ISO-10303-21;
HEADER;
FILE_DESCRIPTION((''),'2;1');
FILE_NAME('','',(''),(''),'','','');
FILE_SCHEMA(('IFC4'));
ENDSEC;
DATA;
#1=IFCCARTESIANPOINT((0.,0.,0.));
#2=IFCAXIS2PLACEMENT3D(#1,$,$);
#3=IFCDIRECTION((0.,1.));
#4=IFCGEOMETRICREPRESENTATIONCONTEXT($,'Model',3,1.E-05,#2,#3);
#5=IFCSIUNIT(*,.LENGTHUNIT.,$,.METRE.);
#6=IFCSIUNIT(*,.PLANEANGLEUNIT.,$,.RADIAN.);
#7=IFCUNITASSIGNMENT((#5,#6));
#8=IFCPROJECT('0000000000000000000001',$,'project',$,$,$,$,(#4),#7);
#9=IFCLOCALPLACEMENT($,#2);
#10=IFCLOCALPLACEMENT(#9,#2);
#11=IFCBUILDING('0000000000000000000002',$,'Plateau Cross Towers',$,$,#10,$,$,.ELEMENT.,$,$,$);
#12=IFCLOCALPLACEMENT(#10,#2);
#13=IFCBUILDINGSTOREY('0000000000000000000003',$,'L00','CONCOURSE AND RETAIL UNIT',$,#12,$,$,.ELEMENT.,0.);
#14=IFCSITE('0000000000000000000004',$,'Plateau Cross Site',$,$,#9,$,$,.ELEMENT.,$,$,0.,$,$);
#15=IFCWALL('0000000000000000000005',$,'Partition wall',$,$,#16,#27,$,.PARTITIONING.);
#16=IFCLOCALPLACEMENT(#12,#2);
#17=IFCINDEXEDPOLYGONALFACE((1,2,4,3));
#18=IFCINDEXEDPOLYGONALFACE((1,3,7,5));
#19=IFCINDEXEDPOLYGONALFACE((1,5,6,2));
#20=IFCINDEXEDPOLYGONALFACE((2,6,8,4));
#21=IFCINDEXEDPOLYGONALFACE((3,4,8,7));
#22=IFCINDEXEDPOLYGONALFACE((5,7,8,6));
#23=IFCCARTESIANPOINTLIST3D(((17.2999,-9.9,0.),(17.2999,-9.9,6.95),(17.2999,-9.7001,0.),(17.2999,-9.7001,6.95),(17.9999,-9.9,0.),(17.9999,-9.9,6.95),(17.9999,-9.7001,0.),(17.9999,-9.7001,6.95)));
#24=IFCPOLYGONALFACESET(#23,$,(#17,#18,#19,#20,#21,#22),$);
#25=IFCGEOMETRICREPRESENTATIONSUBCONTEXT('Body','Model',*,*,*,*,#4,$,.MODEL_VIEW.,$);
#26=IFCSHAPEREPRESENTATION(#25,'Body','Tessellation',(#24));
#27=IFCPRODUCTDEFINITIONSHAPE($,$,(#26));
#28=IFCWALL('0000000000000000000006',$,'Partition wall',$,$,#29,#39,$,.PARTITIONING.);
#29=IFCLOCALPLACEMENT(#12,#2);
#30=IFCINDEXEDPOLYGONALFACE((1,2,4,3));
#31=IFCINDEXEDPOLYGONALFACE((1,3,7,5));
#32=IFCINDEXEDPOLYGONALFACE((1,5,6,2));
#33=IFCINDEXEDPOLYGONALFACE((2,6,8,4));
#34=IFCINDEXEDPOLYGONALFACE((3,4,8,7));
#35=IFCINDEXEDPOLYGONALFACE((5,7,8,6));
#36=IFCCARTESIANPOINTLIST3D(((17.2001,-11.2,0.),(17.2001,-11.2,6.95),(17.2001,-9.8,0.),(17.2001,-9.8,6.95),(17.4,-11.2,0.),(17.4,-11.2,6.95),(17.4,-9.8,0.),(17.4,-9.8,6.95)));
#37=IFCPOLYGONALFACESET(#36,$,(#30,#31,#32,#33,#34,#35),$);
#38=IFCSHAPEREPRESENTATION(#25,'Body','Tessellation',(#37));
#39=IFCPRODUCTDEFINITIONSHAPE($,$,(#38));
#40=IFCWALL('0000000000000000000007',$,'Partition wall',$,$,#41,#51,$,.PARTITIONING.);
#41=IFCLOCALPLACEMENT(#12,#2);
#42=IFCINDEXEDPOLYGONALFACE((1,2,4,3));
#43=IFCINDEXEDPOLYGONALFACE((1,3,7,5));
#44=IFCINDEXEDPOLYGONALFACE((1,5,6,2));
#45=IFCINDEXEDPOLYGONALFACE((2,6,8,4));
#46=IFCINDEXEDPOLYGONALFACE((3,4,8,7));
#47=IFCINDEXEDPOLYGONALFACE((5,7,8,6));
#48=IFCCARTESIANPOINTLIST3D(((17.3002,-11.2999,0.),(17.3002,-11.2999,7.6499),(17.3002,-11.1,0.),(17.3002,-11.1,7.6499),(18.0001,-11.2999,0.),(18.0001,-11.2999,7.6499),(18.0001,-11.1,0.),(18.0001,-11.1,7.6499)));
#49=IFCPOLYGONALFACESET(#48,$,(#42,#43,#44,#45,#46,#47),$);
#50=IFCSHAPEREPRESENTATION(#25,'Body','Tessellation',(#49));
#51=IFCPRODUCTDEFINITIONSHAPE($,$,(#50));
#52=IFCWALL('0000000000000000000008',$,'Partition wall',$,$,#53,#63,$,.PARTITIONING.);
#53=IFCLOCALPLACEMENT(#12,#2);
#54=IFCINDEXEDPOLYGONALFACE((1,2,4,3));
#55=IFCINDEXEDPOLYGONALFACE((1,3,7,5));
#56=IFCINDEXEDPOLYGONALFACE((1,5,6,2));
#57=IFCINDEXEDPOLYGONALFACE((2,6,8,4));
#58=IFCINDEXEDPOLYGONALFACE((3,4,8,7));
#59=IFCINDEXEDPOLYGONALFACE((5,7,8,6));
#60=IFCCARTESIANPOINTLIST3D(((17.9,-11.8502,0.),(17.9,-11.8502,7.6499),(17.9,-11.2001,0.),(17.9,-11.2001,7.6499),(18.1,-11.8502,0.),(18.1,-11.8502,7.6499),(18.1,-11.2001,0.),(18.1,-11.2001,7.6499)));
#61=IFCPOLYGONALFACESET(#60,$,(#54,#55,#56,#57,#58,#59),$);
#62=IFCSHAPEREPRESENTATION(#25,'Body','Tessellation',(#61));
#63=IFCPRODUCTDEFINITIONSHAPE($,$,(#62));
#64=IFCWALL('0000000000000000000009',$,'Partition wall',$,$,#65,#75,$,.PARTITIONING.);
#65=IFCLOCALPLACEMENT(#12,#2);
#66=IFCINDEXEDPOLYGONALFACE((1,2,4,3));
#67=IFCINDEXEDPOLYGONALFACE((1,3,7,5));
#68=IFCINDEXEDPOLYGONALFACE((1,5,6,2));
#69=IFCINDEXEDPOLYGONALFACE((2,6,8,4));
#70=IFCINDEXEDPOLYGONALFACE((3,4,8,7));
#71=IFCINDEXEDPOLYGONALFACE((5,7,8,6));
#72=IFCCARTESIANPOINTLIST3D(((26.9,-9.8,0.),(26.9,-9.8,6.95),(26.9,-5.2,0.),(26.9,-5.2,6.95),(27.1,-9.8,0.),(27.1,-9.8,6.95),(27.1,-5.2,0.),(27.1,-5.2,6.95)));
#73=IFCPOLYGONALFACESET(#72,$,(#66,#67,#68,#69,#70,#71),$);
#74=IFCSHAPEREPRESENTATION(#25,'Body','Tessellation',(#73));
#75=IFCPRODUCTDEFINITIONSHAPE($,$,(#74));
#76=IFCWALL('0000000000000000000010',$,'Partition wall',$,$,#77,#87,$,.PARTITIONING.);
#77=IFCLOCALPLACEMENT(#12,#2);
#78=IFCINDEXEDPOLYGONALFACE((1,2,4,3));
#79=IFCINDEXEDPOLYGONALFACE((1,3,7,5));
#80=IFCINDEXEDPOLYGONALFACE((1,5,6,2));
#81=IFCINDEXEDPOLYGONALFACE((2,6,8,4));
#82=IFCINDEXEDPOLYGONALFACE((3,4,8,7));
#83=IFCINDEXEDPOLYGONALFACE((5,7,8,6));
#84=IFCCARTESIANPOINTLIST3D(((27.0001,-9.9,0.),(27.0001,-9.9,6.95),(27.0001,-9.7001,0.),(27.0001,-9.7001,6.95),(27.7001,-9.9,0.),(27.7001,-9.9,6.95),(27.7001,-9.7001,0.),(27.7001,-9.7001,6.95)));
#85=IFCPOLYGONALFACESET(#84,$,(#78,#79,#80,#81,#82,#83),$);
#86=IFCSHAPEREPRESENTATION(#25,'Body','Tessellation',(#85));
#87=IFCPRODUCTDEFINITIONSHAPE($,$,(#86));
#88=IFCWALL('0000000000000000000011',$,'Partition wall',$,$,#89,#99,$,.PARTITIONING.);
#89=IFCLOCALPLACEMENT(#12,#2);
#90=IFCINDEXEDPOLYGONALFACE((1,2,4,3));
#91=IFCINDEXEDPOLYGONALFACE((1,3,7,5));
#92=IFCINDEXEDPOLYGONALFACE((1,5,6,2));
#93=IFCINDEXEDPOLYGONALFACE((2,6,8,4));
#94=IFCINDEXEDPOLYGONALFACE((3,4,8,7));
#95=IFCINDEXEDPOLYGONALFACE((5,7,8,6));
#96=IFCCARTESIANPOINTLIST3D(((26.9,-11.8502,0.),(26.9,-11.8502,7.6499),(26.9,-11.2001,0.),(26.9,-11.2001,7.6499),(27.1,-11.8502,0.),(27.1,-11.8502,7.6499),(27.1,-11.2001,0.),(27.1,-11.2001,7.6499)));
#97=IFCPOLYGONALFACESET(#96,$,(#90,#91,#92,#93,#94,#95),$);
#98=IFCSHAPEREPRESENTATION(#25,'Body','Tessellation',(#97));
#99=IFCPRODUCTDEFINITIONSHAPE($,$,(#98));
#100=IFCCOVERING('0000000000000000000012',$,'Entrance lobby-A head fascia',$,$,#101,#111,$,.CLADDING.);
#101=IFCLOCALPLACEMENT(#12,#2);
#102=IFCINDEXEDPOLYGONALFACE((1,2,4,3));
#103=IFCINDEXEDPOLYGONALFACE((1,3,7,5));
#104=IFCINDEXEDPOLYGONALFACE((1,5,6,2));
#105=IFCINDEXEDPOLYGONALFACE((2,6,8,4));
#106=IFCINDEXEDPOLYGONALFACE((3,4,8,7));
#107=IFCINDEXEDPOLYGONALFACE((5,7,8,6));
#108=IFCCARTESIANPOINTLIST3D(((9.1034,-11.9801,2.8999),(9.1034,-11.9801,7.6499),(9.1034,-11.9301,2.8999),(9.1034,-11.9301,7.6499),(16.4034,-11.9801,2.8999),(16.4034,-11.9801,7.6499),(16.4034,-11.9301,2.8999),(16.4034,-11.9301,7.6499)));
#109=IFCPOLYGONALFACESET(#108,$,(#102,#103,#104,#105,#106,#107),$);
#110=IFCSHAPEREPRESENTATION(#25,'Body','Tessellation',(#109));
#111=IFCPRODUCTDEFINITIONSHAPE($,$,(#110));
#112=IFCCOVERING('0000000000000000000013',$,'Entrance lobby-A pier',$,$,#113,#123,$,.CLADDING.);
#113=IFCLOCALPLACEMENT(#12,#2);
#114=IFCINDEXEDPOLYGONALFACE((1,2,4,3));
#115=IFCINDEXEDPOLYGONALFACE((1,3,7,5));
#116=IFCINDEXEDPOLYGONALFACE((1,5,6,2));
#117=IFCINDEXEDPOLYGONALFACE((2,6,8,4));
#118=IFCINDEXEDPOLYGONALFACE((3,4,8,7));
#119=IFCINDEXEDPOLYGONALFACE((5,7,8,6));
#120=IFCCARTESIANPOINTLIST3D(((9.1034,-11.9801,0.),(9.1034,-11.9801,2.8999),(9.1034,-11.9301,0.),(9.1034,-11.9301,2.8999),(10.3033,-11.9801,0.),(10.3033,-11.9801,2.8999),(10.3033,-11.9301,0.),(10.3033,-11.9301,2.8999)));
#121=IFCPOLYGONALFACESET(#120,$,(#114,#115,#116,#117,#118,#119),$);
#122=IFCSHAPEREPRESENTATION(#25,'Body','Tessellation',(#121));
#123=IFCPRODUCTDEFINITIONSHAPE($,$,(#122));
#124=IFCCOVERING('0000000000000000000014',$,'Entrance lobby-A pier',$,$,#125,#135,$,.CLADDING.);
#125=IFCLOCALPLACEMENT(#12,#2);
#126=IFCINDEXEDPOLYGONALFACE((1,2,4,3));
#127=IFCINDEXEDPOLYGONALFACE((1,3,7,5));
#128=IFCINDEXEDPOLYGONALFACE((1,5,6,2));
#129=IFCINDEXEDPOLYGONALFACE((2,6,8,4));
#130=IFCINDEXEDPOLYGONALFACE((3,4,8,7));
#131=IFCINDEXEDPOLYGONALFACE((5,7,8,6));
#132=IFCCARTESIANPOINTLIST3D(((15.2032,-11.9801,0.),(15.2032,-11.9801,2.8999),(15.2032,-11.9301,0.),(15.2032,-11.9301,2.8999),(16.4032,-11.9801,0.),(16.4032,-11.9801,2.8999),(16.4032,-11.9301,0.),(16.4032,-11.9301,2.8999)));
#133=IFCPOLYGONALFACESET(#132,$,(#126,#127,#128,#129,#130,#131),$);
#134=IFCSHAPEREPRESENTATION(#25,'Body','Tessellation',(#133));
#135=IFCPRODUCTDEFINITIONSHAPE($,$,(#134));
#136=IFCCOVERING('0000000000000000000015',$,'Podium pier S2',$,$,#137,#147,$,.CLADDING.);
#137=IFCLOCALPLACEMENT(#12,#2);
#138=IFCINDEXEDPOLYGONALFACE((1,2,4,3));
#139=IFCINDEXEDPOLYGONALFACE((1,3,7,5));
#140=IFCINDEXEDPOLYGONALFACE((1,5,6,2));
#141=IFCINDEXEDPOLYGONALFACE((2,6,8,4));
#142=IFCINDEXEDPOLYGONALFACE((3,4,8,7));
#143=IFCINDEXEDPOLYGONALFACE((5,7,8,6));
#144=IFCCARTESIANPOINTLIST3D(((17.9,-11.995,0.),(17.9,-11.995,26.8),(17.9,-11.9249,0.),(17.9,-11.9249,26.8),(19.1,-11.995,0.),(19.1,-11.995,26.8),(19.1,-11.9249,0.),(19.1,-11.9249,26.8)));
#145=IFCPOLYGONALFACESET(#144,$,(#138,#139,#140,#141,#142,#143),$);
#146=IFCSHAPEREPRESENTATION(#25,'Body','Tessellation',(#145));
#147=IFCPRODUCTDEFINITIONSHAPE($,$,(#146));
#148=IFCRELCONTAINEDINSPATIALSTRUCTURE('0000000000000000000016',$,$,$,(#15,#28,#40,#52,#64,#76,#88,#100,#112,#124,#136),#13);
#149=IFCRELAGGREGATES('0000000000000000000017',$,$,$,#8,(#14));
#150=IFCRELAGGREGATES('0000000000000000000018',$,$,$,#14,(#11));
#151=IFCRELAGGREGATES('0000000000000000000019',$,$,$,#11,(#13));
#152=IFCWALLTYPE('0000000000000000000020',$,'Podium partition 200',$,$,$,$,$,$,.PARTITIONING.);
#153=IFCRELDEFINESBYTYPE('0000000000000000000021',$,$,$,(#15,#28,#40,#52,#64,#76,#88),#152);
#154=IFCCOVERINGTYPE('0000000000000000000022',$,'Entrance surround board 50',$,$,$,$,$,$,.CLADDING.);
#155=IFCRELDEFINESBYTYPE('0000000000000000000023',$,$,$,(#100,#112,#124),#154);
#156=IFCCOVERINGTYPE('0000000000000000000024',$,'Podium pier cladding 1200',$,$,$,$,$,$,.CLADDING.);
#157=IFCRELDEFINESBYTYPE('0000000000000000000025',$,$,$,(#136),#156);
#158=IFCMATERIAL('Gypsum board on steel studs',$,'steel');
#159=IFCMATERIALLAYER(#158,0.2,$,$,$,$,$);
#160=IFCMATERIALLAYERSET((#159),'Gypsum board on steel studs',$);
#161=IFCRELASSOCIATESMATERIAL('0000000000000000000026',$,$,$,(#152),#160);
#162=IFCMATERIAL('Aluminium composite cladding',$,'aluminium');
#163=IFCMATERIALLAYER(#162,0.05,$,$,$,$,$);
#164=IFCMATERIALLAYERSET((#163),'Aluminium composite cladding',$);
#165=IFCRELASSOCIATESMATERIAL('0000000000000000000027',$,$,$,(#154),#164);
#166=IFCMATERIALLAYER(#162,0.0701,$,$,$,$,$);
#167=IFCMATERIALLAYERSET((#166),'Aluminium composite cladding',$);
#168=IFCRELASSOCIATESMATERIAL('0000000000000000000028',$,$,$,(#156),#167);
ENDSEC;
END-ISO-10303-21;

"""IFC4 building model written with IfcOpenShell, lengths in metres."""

from ifc_helpers import new_model, si_unit, direction, frame, frame_2d, origin, origin_2d, place, context, subcontext, project, spatial, rectangle, extrude, material, layer, layer_set, type_object, element, save


model = new_model("IFC4")

# Units and contexts
model_context = context("Model", 3, precision=1e-05, world=origin(), true_north=direction((0.0, 1.0)))
body_context = subcontext(model_context, "Body", "Model", "MODEL_VIEW")
ifc_project = project(units=[si_unit("LENGTHUNIT", "METRE"), si_unit("PLANEANGLEUNIT", "RADIAN")], contexts=[model_context])

# Site, building, storey
site_placement = place(None, origin())
site = spatial("IfcSite", under=ifc_project, at=site_placement, Name="Plateau Cross Site", CompositionType="ELEMENT", RefElevation=0.0)
building_placement = place(site_placement, origin())
building = spatial("IfcBuilding", under=site, at=building_placement, Name="Plateau Cross Towers", CompositionType="ELEMENT")
storey_placement = place(building_placement, origin())
storey = spatial("IfcBuildingStorey", under=building, at=storey_placement, Name="L00", Description="CONCOURSE AND RETAIL UNIT", CompositionType="ELEMENT", Elevation=0.0)

# Shared definitions
ifc_material_1 = material(Name="Gypsum board on steel studs", Category="steel")
ifc_layer_1 = layer(ifc_material_1, 0.2)
ifc_layer_set_1 = layer_set([ifc_layer_1], Name="Gypsum board on steel studs")
wall_type_1 = type_object("IfcWallType", Name="Podium partition 200", PredefinedType="PARTITIONING", material=ifc_layer_set_1)

# Walls
wall_1_placement = place(storey_placement, frame((18.0, -9.8, 0.0), z_axis=(0.0, 0.0, 1.0), x_axis=(-1.0, 0.0, 0.0)))
element("IfcWall", 1, at=wall_1_placement, inside=storey, type_object=wall_type_1, Name="Partition wall", PredefinedType="PARTITIONING", context=body_context, shape_type="SweptSolid", body=[
    extrude(rectangle(XDim=0.7, YDim=0.2, at=frame_2d((0.3501, 0.0))), origin(), (0.0, 0.0, 1.0), 6.95),
])
wall_2_placement = place(storey_placement, frame((17.3, -9.8, 0.0), z_axis=(0.0, 0.0, 1.0), x_axis=(0.0, -1.0, 0.0)))
element("IfcWall", 2, at=wall_2_placement, inside=storey, type_object=wall_type_1, Name="Partition wall", PredefinedType="PARTITIONING", context=body_context, shape_type="SweptSolid", body=[
    extrude(rectangle(XDim=1.3999, YDim=0.2, at=frame_2d((0.7, 0.0))), origin(), (0.0, 0.0, 1.0), 6.95),
])
wall_3_placement = place(storey_placement, frame((17.3, -11.2, 0.0), z_axis=(0.0, 0.0, 1.0), x_axis=(1.0, 0.0, 0.0)))
element("IfcWall", 3, at=wall_3_placement, inside=storey, type_object=wall_type_1, Name="Partition wall", PredefinedType="PARTITIONING", context=body_context, shape_type="SweptSolid", body=[
    extrude(rectangle(XDim=0.7, YDim=0.2, at=frame_2d((0.3501, 0.0))), origin(), (0.0, 0.0, 1.0), 7.6499),
])
wall_4_placement = place(storey_placement, frame((18.0, -11.2, 0.0), z_axis=(0.0, 0.0, 1.0), x_axis=(0.0, -1.0, 0.0)))
element("IfcWall", 4, at=wall_4_placement, inside=storey, type_object=wall_type_1, Name="Partition wall", PredefinedType="PARTITIONING", context=body_context, shape_type="SweptSolid", body=[
    extrude(rectangle(XDim=0.6501, YDim=0.2, at=frame_2d((0.3252, 0.0))), origin(), (0.0, 0.0, 1.0), 7.6499),
])
wall_5_placement = place(storey_placement, frame((27.0, -5.2, 0.0), z_axis=(0.0, 0.0, 1.0), x_axis=(0.0, -1.0, 0.0)))
element("IfcWall", 5, at=wall_5_placement, inside=storey, type_object=wall_type_1, Name="Partition wall", PredefinedType="PARTITIONING", context=body_context, shape_type="SweptSolid", body=[
    extrude(rectangle(XDim=4.6001, YDim=0.2, at=frame_2d((2.3, 0.0))), origin(), (0.0, 0.0, 1.0), 6.95),
])
wall_6_placement = place(storey_placement, frame((27.0, -9.8, 0.0), z_axis=(0.0, 0.0, 1.0), x_axis=(1.0, 0.0, 0.0)))
element("IfcWall", 6, at=wall_6_placement, inside=storey, type_object=wall_type_1, Name="Partition wall", PredefinedType="PARTITIONING", context=body_context, shape_type="SweptSolid", body=[
    extrude(rectangle(XDim=0.7, YDim=0.2, at=frame_2d((0.3501, 0.0))), origin(), (0.0, 0.0, 1.0), 6.95),
])
wall_7_placement = place(storey_placement, frame((27.0, -11.2, 0.0), z_axis=(0.0, 0.0, 1.0), x_axis=(0.0, -1.0, 0.0)))
element("IfcWall", 7, at=wall_7_placement, inside=storey, type_object=wall_type_1, Name="Partition wall", PredefinedType="PARTITIONING", context=body_context, shape_type="SweptSolid", body=[
    extrude(rectangle(XDim=0.6501, YDim=0.2, at=frame_2d((0.3252, 0.0))), origin(), (0.0, 0.0, 1.0), 7.6499),
])

# Coverings
ifc_material_2 = material(Name="Aluminium composite cladding", Category="aluminium")
ifc_layer_2 = layer(ifc_material_2, 0.05)
ifc_layer_set_2 = layer_set([ifc_layer_2], Name="Aluminium composite cladding")
covering_type_1 = type_object("IfcCoveringType", Name="Entrance surround board 50", PredefinedType="CLADDING", material=ifc_layer_set_2)
covering_1_placement = place(storey_placement, frame((12.7534, -11.9551, 2.8999), z_axis=(0.0, 0.0, 1.0), x_axis=(1.0, 0.0, 0.0)))
element("IfcCovering", 8, at=covering_1_placement, inside=storey, type_object=covering_type_1, Name="Entrance lobby-A head fascia", PredefinedType="CLADDING", context=body_context, shape_type="SweptSolid", body=[
    extrude(rectangle(XDim=7.3, YDim=0.05, at=origin_2d()), origin(), (0.0, 0.0, 1.0), 4.75),
])
for number, where, z_axis, x_axis, name in (
    (9, (9.7034, -11.9551, 0.0), (0.0, 0.0, 1.0), (1.0, 0.0, 0.0), "Entrance lobby-A pier"),
    (10, (15.8032, -11.9551, 0.0), (0.0, 0.0, 1.0), (1.0, 0.0, 0.0), "Entrance lobby-A pier"),
):
    element("IfcCovering", number, at=place(storey_placement, frame(where, z_axis=z_axis, x_axis=x_axis)), inside=storey, type_object=covering_type_1, Name=name, PredefinedType="CLADDING", context=body_context, shape_type="SweptSolid", body=[
        extrude(rectangle(XDim=1.2, YDim=0.05, at=origin_2d()), origin(), (0.0, 0.0, 1.0), 2.8999),
    ])
ifc_layer_3 = layer(ifc_material_2, 0.0701)
ifc_layer_set_3 = layer_set([ifc_layer_3], Name="Aluminium composite cladding")
covering_type_2 = type_object("IfcCoveringType", Name="Podium pier cladding 1200", PredefinedType="CLADDING", material=ifc_layer_set_3)
covering_2_placement = place(storey_placement, frame((18.5, -11.96, 0.0), z_axis=(0.0, 0.0, 1.0), x_axis=(1.0, 0.0, 0.0)))
element("IfcCovering", 11, at=covering_2_placement, inside=storey, type_object=covering_type_2, Name="Podium pier S2", PredefinedType="CLADDING", context=body_context, shape_type="SweptSolid", body=[
    extrude(rectangle(XDim=1.2, YDim=0.0701, at=origin_2d()), origin(), (0.0, 0.0, 1.0), 26.8),
])

save(model, "model.ifc")
